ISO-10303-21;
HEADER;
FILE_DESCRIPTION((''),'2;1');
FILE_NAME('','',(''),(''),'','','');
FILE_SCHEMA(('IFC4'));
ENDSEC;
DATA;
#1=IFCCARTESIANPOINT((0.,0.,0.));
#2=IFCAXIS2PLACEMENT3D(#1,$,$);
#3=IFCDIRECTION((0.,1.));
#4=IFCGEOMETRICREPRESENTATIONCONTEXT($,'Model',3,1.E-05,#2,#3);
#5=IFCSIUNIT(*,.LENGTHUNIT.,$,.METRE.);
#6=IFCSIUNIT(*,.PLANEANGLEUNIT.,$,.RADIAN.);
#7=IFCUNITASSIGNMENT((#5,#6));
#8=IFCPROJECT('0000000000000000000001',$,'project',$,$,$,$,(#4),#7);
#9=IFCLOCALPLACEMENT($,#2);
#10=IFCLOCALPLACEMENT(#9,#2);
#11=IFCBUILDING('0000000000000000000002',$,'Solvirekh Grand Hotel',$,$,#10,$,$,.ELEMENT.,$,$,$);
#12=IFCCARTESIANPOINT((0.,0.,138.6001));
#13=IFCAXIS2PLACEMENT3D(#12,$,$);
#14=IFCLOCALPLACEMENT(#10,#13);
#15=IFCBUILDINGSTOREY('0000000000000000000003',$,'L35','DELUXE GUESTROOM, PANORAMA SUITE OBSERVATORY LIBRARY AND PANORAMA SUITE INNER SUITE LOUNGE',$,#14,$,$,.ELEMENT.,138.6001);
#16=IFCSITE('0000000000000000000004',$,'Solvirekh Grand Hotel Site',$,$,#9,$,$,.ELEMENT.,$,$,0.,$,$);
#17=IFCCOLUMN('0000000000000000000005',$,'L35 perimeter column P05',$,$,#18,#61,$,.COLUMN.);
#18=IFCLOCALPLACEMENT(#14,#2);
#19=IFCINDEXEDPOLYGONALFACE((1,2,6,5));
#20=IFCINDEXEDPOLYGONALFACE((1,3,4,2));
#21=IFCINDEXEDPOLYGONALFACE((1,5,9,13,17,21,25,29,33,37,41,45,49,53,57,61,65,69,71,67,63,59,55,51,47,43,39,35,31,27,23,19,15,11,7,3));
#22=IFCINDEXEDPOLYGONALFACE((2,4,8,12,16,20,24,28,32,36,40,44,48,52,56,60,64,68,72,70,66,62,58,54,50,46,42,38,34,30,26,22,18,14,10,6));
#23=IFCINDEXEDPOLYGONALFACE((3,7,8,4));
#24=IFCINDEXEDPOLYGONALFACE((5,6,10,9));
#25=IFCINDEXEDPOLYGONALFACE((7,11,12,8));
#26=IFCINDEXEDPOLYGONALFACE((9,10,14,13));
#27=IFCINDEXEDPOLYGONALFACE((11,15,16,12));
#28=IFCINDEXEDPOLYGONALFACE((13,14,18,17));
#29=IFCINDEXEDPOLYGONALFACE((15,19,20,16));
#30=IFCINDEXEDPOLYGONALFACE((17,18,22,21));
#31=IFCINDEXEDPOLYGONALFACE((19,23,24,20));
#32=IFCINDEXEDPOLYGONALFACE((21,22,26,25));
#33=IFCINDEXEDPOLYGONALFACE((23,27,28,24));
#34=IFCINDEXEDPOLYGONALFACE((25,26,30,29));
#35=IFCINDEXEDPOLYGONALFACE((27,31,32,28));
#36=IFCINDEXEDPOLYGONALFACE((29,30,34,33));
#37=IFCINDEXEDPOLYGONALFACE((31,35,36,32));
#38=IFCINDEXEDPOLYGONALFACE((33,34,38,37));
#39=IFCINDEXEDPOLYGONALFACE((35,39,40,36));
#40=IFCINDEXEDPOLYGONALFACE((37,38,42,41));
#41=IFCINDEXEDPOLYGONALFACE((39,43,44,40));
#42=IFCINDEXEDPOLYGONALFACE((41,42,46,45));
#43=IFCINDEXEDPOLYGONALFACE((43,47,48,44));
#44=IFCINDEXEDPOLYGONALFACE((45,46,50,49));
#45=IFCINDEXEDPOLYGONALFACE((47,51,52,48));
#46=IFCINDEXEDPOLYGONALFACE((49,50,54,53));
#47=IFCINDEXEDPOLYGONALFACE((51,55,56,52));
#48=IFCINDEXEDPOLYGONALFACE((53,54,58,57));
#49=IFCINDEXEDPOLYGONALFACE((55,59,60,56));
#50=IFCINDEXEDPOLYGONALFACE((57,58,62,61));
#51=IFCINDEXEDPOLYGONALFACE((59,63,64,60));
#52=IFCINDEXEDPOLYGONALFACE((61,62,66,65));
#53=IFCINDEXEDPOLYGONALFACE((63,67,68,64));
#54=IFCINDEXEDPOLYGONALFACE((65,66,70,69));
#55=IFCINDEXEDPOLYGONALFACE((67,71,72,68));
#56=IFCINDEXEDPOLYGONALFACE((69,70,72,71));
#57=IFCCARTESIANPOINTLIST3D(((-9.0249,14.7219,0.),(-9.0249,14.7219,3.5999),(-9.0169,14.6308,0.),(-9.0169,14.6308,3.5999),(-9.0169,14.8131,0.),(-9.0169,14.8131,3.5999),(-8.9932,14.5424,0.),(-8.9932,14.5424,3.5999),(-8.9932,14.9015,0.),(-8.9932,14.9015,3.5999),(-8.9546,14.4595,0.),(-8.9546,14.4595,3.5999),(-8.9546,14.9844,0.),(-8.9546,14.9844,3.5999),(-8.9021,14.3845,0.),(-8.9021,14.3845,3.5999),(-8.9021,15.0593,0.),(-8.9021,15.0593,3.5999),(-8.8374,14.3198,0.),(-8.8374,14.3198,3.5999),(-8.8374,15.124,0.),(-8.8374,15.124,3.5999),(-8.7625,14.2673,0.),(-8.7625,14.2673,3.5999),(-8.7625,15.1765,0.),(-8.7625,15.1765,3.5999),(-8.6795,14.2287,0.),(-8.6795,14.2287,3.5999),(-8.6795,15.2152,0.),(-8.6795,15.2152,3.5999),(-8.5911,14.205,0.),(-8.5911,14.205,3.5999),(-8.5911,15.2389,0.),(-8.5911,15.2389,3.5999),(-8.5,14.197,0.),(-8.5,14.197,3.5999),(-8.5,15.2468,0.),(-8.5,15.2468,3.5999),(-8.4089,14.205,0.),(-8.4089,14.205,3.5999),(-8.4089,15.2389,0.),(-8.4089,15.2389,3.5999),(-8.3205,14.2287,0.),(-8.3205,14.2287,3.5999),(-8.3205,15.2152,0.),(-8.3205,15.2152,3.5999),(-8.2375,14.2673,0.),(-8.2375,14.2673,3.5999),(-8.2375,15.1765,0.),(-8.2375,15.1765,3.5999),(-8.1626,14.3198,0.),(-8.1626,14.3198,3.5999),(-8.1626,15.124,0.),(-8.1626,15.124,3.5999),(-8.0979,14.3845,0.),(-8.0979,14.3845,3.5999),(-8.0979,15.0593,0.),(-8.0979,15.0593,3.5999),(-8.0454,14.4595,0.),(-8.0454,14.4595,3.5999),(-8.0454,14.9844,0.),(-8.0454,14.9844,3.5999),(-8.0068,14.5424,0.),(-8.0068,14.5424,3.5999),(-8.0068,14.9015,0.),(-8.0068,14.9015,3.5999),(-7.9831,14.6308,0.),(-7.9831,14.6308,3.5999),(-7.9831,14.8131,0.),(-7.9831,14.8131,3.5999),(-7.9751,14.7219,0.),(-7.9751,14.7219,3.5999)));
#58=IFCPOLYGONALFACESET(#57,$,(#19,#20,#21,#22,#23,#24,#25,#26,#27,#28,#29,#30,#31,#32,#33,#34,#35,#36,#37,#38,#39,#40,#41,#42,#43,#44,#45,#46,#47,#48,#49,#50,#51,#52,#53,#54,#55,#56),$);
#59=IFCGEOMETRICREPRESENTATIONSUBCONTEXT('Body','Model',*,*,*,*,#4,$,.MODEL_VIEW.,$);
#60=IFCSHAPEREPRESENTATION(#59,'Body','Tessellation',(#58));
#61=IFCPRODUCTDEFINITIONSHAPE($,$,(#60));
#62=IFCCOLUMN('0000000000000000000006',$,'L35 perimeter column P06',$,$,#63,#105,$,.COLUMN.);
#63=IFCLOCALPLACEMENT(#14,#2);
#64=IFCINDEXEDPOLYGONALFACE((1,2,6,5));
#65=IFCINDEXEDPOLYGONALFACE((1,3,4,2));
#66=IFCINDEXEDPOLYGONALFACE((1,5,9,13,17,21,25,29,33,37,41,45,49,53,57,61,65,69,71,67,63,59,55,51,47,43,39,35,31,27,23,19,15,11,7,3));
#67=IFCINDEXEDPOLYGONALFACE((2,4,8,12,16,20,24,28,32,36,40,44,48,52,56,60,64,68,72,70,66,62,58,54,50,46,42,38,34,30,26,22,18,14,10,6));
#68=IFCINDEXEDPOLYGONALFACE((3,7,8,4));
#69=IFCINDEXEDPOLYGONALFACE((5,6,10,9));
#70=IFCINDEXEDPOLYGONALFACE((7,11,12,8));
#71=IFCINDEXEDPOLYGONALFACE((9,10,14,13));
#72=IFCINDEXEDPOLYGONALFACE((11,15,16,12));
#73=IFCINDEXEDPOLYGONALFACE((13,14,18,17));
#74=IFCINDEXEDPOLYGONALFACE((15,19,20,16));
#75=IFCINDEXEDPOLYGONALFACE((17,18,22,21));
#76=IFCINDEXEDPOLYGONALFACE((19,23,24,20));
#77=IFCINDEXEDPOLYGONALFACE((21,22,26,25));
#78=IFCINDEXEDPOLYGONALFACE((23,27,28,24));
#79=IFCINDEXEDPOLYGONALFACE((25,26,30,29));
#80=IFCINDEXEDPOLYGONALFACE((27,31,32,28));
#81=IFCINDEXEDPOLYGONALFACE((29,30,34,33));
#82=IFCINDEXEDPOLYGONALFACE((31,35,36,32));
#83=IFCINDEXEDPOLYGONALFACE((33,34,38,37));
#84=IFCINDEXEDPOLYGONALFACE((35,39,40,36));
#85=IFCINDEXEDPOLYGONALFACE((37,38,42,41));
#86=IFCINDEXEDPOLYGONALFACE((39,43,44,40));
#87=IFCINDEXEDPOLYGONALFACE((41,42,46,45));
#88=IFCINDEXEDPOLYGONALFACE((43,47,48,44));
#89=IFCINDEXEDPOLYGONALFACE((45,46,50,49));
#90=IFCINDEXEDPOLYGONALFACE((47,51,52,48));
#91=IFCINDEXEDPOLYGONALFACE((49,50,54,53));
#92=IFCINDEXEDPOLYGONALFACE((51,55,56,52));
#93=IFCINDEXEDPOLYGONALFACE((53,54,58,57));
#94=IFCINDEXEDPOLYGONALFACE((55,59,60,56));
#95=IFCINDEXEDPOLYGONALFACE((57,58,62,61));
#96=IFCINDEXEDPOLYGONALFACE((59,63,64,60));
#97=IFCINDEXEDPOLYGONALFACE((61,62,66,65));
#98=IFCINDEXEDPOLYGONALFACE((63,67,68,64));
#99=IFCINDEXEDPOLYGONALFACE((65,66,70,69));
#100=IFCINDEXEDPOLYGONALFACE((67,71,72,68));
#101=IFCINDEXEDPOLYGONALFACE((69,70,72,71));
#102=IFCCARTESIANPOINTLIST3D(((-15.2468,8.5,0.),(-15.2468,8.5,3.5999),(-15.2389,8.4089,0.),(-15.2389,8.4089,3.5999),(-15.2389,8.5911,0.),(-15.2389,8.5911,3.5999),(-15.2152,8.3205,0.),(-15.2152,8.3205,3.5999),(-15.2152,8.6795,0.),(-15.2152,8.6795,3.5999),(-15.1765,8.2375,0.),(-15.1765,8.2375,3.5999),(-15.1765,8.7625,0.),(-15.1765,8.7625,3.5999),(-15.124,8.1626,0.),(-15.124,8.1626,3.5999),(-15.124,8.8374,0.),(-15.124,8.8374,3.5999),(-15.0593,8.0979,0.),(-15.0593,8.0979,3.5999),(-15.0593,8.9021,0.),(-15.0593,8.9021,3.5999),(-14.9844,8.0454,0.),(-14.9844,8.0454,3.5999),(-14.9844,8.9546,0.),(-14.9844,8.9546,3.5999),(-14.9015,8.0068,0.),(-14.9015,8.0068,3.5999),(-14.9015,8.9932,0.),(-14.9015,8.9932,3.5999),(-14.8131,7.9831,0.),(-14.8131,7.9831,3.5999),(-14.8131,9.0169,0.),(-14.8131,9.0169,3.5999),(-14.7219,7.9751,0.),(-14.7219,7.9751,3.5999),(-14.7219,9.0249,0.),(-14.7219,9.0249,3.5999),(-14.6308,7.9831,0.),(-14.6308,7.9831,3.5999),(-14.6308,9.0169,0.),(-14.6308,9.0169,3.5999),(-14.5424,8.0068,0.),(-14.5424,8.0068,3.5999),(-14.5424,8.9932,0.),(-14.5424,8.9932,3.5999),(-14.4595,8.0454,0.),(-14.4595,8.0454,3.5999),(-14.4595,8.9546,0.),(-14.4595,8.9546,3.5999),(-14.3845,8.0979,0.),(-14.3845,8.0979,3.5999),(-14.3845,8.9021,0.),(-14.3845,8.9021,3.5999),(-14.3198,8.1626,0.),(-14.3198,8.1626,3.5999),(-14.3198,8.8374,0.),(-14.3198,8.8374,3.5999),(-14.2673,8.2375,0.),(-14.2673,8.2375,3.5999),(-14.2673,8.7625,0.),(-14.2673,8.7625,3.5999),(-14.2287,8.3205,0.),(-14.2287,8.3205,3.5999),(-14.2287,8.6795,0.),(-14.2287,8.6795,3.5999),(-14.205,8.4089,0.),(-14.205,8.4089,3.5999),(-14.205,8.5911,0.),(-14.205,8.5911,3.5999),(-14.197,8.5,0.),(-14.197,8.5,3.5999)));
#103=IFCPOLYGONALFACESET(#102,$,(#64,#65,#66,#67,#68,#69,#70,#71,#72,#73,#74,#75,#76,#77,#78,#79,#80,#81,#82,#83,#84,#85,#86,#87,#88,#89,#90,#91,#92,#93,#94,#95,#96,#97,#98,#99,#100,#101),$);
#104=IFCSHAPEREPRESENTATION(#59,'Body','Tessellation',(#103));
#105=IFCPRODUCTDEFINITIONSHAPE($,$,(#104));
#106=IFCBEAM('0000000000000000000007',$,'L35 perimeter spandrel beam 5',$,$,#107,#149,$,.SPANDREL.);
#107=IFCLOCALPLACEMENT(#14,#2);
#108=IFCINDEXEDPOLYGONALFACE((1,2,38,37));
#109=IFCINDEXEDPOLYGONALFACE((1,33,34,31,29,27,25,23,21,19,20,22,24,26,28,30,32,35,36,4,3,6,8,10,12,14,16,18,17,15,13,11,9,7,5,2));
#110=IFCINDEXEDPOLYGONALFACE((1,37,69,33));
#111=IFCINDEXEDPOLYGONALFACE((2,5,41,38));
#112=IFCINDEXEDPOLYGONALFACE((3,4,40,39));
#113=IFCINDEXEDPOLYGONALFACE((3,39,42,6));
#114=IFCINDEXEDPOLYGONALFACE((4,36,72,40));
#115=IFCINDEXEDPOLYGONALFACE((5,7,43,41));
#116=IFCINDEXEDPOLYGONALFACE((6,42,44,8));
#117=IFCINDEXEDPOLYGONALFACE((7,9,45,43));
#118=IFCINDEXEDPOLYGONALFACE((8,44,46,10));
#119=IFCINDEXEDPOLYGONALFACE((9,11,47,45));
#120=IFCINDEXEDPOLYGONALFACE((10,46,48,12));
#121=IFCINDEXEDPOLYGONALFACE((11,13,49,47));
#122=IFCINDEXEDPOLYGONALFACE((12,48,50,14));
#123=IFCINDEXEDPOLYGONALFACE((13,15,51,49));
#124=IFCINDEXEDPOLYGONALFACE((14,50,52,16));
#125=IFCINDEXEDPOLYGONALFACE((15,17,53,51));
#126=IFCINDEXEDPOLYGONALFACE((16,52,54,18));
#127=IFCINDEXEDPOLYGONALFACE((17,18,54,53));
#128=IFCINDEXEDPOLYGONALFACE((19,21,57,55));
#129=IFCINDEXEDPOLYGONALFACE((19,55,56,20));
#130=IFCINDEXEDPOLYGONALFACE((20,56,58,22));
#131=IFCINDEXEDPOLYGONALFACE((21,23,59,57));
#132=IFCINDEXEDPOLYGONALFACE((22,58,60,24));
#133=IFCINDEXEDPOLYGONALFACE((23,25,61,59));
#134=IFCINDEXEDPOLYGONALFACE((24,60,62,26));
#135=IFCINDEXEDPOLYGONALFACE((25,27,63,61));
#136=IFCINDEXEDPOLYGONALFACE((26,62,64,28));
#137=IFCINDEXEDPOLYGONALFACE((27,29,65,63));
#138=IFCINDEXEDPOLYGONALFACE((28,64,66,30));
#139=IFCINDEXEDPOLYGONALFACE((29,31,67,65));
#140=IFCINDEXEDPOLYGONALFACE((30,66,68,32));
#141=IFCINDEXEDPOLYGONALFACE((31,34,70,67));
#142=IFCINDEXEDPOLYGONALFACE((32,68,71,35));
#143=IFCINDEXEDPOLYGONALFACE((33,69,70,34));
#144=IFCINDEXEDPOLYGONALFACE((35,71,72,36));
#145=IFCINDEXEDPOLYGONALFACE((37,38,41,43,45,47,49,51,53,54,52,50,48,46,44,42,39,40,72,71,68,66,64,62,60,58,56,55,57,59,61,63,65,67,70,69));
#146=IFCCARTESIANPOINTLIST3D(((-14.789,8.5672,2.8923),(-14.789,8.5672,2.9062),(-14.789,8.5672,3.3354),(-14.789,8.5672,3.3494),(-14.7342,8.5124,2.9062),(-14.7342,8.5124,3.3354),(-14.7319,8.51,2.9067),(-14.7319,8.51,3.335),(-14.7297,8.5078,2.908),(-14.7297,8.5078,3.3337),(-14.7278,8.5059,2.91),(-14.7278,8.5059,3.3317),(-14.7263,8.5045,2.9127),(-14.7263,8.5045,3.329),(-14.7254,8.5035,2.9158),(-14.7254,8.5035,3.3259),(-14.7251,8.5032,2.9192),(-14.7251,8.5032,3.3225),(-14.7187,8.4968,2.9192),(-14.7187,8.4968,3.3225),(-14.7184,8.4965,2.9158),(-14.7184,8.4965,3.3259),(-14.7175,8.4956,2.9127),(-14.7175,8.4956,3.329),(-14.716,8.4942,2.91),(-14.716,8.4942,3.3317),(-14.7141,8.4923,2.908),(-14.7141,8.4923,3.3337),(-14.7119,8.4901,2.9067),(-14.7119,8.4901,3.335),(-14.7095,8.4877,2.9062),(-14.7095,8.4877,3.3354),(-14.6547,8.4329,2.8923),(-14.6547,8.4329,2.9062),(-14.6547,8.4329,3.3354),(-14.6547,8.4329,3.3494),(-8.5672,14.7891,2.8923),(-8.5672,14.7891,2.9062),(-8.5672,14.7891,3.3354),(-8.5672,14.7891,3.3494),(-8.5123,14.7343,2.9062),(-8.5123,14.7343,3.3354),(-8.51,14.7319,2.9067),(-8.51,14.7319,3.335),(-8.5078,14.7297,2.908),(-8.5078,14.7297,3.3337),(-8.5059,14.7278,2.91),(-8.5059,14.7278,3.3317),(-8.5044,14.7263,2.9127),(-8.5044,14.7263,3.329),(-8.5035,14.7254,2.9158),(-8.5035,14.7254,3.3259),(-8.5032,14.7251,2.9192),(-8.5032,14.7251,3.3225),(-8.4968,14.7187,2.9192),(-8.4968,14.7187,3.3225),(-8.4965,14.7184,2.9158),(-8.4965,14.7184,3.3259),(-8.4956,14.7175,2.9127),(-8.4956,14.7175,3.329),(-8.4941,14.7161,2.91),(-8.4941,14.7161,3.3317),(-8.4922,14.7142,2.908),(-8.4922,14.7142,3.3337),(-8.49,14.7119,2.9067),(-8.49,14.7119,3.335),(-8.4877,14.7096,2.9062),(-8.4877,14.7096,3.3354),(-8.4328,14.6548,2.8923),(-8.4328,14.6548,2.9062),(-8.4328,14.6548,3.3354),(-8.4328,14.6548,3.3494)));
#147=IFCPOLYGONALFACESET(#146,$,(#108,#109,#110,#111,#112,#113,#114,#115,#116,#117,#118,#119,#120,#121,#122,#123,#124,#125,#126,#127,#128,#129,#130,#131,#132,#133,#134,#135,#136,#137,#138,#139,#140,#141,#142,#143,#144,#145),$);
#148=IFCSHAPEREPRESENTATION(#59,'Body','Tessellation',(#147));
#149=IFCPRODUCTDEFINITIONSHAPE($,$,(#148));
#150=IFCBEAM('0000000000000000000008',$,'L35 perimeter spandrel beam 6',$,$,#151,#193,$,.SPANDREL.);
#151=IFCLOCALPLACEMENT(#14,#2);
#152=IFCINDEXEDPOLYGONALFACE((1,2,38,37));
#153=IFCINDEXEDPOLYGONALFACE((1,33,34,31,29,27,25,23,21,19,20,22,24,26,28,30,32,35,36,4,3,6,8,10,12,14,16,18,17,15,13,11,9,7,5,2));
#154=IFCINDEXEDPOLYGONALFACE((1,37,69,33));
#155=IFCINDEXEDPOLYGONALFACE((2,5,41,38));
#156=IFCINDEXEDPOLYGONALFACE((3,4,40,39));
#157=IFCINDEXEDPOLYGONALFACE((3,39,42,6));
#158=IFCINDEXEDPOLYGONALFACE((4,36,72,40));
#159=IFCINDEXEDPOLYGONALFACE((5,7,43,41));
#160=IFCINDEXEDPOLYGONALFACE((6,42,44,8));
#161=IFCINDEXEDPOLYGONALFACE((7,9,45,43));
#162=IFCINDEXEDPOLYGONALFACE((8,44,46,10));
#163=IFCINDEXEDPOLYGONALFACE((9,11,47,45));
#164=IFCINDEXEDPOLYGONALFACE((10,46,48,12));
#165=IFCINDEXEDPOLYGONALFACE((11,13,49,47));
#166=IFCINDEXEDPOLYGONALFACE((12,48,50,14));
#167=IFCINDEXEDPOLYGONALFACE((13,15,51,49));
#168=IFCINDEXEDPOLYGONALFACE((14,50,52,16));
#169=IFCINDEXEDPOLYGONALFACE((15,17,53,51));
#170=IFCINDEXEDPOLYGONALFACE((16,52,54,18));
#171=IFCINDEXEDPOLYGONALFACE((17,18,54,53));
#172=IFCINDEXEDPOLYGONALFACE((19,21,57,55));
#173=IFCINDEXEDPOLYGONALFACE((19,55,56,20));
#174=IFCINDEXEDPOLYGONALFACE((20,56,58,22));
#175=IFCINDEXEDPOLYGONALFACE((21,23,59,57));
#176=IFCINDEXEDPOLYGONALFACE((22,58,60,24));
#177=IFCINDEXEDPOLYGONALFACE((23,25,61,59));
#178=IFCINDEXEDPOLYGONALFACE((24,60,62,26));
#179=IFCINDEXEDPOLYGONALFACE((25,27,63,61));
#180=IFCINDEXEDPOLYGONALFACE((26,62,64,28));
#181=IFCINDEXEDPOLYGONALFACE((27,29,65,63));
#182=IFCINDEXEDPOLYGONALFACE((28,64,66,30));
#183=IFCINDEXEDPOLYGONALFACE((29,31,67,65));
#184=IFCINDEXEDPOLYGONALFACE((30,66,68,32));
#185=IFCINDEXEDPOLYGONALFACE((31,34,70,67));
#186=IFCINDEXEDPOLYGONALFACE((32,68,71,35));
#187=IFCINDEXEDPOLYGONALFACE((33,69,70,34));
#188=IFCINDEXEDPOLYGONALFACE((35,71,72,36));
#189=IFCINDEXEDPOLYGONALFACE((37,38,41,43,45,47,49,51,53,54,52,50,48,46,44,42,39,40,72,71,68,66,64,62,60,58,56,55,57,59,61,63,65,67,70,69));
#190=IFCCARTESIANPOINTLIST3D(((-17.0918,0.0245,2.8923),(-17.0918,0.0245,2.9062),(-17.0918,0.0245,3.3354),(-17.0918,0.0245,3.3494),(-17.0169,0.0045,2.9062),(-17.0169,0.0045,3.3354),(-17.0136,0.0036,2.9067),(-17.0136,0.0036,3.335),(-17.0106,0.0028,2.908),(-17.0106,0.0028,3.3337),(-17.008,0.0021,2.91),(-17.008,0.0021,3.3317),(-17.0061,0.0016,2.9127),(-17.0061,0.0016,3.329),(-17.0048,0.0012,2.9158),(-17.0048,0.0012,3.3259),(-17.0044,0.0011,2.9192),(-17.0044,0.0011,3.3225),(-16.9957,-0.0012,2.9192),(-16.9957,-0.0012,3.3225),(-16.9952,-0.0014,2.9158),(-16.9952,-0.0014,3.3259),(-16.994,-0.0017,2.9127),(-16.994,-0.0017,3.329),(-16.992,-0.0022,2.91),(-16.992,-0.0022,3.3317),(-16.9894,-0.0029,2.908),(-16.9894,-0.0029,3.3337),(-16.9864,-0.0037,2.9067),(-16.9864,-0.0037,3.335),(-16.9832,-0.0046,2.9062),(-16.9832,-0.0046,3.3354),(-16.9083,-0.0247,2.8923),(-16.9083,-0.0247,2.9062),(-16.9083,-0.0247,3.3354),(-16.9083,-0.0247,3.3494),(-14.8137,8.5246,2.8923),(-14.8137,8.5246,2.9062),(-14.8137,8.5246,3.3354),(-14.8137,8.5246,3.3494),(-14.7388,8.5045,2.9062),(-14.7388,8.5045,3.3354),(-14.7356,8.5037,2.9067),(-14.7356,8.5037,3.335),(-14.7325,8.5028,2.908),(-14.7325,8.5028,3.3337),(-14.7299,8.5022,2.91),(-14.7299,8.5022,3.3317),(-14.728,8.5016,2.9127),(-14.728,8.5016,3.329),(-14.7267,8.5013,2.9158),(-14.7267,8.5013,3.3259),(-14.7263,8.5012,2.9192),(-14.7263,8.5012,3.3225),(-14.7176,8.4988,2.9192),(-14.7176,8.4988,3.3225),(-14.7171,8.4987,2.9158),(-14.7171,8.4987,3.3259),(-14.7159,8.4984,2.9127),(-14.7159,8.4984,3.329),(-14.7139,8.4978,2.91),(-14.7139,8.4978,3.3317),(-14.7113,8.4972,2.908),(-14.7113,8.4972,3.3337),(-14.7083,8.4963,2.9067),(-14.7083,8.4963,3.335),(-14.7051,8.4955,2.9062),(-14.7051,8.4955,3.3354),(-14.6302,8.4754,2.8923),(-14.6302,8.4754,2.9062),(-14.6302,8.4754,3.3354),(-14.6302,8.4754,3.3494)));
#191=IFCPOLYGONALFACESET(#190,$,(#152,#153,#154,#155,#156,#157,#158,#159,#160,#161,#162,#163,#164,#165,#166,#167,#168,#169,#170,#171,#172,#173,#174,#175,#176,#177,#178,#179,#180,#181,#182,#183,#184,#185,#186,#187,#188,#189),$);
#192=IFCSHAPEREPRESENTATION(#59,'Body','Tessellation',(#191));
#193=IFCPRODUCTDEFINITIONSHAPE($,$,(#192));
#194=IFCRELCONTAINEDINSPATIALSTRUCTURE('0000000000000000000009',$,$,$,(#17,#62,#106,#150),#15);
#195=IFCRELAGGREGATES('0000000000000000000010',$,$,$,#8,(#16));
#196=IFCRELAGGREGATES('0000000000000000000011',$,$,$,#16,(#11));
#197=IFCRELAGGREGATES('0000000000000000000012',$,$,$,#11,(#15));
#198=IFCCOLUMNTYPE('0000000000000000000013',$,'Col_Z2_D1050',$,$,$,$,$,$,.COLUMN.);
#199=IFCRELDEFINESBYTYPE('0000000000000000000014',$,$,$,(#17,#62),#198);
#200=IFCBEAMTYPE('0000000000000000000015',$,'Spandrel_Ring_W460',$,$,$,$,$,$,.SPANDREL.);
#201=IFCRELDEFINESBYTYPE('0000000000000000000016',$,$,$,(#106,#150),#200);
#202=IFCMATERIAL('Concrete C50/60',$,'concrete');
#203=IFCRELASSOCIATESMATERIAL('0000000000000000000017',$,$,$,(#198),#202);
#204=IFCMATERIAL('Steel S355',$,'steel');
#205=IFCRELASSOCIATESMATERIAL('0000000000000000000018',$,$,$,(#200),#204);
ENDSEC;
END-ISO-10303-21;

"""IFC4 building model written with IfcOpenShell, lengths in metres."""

from ifc_helpers import new_model, si_unit, direction, frame, origin, origin_2d, place, context, subcontext, project, spatial, circle, i_section, extrude, material, material_profile, profile_set, type_object, element, save


model = new_model("IFC4")

# Units and contexts
model_context = context("Model", 3, precision=1e-05, world=origin(), true_north=direction((0.0, 1.0)))
body_context = subcontext(model_context, "Body", "Model", "MODEL_VIEW")
ifc_project = project(units=[si_unit("LENGTHUNIT", "METRE"), si_unit("PLANEANGLEUNIT", "RADIAN")], contexts=[model_context])

# Site, building, storey
site_placement = place(None, origin())
site = spatial("IfcSite", under=ifc_project, at=site_placement, Name="Solvirekh Grand Hotel Site", CompositionType="ELEMENT", RefElevation=0.0)
building_placement = place(site_placement, origin())
building = spatial("IfcBuilding", under=site, at=building_placement, Name="Solvirekh Grand Hotel", CompositionType="ELEMENT")
storey_placement = place(building_placement, frame((0.0, 0.0, 138.6001)))
storey = spatial("IfcBuildingStorey", under=building, at=storey_placement, Name="L35", Description="DELUXE GUESTROOM, PANORAMA SUITE OBSERVATORY LIBRARY AND PANORAMA SUITE INNER SUITE LOUNGE", CompositionType="ELEMENT", Elevation=138.6001)

# Columns
ifc_material_1 = material(Name="Concrete C50/60", Category="concrete")
ifc_material_profile_1 = material_profile(ifc_material_1, circle(Radius=0.5249, at=origin_2d()), Name="RC CIRC D1050")
ifc_profile_set_1 = profile_set([ifc_material_profile_1], Name="Concrete C50/60")
column_type = type_object("IfcColumnType", Name="Col_Z2_D1050", PredefinedType="COLUMN", material=ifc_profile_set_1)
for number, where, z_axis, x_axis, name in (
    (1, (-8.5, 14.7219, 0.0), (0.0, 0.0, 1.0), (1.0, 0.0, 0.0), "L35 perimeter column P05"),
    (2, (-14.7219, 8.5, 0.0), (0.0, 0.0, 1.0), (1.0, 0.0, 0.0), "L35 perimeter column P06"),
):
    element("IfcColumn", number, at=place(storey_placement, frame(where, z_axis=z_axis, x_axis=x_axis)), inside=storey, type_object=column_type, Name=name, PredefinedType="COLUMN", context=body_context, shape_type="SweptSolid", body=[
        extrude(circle(Radius=0.5249, at=origin_2d()), origin(), (0.0, 0.0, 1.0), 3.5999),
    ])

# Beams
ifc_material_2 = material(Name="Steel S355", Category="steel")
ifc_material_profile_2 = material_profile(ifc_material_2, i_section(OverallWidth=0.1899, OverallDepth=0.457, WebThickness=0.009, FlangeThickness=0.0139, FilletRadius=0.0129, at=origin_2d()), Name="W460X74")
ifc_profile_set_2 = profile_set([ifc_material_profile_2], Name="Steel S355")
beam_type = type_object("IfcBeamType", Name="Spandrel_Ring_W460", PredefinedType="SPANDREL", material=ifc_profile_set_2)
beam_1_placement = place(storey_placement, frame((-8.5, 14.7219, 3.1208), z_axis=(-0.707107, -0.707107, 0.0), x_axis=(0.707107, -0.707107, 0.0)))
element("IfcBeam", 3, at=beam_1_placement, inside=storey, type_object=beam_type, Name="L35 perimeter spandrel beam 5", PredefinedType="SPANDREL", context=body_context, shape_type="SweptSolid", body=[
    extrude(i_section(OverallWidth=0.1899, OverallDepth=0.457, WebThickness=0.009, FlangeThickness=0.0139, FilletRadius=0.0129, at=origin_2d()), origin(), (0.0, 0.0, 1.0), 8.7991),
])
beam_2_placement = place(storey_placement, frame((-14.7219, 8.5, 3.1208), z_axis=(-0.258873, -0.965911, 0.0), x_axis=(0.965911, -0.258873, 0.0)))
element("IfcBeam", 4, at=beam_2_placement, inside=storey, type_object=beam_type, Name="L35 perimeter spandrel beam 6", PredefinedType="SPANDREL", context=body_context, shape_type="SweptSolid", body=[
    extrude(i_section(OverallWidth=0.1899, OverallDepth=0.457, WebThickness=0.009, FlangeThickness=0.0139, FilletRadius=0.0129, at=origin_2d()), origin(), (0.0, 0.0, 1.0), 8.8),
])

save(model, "model.ifc")
